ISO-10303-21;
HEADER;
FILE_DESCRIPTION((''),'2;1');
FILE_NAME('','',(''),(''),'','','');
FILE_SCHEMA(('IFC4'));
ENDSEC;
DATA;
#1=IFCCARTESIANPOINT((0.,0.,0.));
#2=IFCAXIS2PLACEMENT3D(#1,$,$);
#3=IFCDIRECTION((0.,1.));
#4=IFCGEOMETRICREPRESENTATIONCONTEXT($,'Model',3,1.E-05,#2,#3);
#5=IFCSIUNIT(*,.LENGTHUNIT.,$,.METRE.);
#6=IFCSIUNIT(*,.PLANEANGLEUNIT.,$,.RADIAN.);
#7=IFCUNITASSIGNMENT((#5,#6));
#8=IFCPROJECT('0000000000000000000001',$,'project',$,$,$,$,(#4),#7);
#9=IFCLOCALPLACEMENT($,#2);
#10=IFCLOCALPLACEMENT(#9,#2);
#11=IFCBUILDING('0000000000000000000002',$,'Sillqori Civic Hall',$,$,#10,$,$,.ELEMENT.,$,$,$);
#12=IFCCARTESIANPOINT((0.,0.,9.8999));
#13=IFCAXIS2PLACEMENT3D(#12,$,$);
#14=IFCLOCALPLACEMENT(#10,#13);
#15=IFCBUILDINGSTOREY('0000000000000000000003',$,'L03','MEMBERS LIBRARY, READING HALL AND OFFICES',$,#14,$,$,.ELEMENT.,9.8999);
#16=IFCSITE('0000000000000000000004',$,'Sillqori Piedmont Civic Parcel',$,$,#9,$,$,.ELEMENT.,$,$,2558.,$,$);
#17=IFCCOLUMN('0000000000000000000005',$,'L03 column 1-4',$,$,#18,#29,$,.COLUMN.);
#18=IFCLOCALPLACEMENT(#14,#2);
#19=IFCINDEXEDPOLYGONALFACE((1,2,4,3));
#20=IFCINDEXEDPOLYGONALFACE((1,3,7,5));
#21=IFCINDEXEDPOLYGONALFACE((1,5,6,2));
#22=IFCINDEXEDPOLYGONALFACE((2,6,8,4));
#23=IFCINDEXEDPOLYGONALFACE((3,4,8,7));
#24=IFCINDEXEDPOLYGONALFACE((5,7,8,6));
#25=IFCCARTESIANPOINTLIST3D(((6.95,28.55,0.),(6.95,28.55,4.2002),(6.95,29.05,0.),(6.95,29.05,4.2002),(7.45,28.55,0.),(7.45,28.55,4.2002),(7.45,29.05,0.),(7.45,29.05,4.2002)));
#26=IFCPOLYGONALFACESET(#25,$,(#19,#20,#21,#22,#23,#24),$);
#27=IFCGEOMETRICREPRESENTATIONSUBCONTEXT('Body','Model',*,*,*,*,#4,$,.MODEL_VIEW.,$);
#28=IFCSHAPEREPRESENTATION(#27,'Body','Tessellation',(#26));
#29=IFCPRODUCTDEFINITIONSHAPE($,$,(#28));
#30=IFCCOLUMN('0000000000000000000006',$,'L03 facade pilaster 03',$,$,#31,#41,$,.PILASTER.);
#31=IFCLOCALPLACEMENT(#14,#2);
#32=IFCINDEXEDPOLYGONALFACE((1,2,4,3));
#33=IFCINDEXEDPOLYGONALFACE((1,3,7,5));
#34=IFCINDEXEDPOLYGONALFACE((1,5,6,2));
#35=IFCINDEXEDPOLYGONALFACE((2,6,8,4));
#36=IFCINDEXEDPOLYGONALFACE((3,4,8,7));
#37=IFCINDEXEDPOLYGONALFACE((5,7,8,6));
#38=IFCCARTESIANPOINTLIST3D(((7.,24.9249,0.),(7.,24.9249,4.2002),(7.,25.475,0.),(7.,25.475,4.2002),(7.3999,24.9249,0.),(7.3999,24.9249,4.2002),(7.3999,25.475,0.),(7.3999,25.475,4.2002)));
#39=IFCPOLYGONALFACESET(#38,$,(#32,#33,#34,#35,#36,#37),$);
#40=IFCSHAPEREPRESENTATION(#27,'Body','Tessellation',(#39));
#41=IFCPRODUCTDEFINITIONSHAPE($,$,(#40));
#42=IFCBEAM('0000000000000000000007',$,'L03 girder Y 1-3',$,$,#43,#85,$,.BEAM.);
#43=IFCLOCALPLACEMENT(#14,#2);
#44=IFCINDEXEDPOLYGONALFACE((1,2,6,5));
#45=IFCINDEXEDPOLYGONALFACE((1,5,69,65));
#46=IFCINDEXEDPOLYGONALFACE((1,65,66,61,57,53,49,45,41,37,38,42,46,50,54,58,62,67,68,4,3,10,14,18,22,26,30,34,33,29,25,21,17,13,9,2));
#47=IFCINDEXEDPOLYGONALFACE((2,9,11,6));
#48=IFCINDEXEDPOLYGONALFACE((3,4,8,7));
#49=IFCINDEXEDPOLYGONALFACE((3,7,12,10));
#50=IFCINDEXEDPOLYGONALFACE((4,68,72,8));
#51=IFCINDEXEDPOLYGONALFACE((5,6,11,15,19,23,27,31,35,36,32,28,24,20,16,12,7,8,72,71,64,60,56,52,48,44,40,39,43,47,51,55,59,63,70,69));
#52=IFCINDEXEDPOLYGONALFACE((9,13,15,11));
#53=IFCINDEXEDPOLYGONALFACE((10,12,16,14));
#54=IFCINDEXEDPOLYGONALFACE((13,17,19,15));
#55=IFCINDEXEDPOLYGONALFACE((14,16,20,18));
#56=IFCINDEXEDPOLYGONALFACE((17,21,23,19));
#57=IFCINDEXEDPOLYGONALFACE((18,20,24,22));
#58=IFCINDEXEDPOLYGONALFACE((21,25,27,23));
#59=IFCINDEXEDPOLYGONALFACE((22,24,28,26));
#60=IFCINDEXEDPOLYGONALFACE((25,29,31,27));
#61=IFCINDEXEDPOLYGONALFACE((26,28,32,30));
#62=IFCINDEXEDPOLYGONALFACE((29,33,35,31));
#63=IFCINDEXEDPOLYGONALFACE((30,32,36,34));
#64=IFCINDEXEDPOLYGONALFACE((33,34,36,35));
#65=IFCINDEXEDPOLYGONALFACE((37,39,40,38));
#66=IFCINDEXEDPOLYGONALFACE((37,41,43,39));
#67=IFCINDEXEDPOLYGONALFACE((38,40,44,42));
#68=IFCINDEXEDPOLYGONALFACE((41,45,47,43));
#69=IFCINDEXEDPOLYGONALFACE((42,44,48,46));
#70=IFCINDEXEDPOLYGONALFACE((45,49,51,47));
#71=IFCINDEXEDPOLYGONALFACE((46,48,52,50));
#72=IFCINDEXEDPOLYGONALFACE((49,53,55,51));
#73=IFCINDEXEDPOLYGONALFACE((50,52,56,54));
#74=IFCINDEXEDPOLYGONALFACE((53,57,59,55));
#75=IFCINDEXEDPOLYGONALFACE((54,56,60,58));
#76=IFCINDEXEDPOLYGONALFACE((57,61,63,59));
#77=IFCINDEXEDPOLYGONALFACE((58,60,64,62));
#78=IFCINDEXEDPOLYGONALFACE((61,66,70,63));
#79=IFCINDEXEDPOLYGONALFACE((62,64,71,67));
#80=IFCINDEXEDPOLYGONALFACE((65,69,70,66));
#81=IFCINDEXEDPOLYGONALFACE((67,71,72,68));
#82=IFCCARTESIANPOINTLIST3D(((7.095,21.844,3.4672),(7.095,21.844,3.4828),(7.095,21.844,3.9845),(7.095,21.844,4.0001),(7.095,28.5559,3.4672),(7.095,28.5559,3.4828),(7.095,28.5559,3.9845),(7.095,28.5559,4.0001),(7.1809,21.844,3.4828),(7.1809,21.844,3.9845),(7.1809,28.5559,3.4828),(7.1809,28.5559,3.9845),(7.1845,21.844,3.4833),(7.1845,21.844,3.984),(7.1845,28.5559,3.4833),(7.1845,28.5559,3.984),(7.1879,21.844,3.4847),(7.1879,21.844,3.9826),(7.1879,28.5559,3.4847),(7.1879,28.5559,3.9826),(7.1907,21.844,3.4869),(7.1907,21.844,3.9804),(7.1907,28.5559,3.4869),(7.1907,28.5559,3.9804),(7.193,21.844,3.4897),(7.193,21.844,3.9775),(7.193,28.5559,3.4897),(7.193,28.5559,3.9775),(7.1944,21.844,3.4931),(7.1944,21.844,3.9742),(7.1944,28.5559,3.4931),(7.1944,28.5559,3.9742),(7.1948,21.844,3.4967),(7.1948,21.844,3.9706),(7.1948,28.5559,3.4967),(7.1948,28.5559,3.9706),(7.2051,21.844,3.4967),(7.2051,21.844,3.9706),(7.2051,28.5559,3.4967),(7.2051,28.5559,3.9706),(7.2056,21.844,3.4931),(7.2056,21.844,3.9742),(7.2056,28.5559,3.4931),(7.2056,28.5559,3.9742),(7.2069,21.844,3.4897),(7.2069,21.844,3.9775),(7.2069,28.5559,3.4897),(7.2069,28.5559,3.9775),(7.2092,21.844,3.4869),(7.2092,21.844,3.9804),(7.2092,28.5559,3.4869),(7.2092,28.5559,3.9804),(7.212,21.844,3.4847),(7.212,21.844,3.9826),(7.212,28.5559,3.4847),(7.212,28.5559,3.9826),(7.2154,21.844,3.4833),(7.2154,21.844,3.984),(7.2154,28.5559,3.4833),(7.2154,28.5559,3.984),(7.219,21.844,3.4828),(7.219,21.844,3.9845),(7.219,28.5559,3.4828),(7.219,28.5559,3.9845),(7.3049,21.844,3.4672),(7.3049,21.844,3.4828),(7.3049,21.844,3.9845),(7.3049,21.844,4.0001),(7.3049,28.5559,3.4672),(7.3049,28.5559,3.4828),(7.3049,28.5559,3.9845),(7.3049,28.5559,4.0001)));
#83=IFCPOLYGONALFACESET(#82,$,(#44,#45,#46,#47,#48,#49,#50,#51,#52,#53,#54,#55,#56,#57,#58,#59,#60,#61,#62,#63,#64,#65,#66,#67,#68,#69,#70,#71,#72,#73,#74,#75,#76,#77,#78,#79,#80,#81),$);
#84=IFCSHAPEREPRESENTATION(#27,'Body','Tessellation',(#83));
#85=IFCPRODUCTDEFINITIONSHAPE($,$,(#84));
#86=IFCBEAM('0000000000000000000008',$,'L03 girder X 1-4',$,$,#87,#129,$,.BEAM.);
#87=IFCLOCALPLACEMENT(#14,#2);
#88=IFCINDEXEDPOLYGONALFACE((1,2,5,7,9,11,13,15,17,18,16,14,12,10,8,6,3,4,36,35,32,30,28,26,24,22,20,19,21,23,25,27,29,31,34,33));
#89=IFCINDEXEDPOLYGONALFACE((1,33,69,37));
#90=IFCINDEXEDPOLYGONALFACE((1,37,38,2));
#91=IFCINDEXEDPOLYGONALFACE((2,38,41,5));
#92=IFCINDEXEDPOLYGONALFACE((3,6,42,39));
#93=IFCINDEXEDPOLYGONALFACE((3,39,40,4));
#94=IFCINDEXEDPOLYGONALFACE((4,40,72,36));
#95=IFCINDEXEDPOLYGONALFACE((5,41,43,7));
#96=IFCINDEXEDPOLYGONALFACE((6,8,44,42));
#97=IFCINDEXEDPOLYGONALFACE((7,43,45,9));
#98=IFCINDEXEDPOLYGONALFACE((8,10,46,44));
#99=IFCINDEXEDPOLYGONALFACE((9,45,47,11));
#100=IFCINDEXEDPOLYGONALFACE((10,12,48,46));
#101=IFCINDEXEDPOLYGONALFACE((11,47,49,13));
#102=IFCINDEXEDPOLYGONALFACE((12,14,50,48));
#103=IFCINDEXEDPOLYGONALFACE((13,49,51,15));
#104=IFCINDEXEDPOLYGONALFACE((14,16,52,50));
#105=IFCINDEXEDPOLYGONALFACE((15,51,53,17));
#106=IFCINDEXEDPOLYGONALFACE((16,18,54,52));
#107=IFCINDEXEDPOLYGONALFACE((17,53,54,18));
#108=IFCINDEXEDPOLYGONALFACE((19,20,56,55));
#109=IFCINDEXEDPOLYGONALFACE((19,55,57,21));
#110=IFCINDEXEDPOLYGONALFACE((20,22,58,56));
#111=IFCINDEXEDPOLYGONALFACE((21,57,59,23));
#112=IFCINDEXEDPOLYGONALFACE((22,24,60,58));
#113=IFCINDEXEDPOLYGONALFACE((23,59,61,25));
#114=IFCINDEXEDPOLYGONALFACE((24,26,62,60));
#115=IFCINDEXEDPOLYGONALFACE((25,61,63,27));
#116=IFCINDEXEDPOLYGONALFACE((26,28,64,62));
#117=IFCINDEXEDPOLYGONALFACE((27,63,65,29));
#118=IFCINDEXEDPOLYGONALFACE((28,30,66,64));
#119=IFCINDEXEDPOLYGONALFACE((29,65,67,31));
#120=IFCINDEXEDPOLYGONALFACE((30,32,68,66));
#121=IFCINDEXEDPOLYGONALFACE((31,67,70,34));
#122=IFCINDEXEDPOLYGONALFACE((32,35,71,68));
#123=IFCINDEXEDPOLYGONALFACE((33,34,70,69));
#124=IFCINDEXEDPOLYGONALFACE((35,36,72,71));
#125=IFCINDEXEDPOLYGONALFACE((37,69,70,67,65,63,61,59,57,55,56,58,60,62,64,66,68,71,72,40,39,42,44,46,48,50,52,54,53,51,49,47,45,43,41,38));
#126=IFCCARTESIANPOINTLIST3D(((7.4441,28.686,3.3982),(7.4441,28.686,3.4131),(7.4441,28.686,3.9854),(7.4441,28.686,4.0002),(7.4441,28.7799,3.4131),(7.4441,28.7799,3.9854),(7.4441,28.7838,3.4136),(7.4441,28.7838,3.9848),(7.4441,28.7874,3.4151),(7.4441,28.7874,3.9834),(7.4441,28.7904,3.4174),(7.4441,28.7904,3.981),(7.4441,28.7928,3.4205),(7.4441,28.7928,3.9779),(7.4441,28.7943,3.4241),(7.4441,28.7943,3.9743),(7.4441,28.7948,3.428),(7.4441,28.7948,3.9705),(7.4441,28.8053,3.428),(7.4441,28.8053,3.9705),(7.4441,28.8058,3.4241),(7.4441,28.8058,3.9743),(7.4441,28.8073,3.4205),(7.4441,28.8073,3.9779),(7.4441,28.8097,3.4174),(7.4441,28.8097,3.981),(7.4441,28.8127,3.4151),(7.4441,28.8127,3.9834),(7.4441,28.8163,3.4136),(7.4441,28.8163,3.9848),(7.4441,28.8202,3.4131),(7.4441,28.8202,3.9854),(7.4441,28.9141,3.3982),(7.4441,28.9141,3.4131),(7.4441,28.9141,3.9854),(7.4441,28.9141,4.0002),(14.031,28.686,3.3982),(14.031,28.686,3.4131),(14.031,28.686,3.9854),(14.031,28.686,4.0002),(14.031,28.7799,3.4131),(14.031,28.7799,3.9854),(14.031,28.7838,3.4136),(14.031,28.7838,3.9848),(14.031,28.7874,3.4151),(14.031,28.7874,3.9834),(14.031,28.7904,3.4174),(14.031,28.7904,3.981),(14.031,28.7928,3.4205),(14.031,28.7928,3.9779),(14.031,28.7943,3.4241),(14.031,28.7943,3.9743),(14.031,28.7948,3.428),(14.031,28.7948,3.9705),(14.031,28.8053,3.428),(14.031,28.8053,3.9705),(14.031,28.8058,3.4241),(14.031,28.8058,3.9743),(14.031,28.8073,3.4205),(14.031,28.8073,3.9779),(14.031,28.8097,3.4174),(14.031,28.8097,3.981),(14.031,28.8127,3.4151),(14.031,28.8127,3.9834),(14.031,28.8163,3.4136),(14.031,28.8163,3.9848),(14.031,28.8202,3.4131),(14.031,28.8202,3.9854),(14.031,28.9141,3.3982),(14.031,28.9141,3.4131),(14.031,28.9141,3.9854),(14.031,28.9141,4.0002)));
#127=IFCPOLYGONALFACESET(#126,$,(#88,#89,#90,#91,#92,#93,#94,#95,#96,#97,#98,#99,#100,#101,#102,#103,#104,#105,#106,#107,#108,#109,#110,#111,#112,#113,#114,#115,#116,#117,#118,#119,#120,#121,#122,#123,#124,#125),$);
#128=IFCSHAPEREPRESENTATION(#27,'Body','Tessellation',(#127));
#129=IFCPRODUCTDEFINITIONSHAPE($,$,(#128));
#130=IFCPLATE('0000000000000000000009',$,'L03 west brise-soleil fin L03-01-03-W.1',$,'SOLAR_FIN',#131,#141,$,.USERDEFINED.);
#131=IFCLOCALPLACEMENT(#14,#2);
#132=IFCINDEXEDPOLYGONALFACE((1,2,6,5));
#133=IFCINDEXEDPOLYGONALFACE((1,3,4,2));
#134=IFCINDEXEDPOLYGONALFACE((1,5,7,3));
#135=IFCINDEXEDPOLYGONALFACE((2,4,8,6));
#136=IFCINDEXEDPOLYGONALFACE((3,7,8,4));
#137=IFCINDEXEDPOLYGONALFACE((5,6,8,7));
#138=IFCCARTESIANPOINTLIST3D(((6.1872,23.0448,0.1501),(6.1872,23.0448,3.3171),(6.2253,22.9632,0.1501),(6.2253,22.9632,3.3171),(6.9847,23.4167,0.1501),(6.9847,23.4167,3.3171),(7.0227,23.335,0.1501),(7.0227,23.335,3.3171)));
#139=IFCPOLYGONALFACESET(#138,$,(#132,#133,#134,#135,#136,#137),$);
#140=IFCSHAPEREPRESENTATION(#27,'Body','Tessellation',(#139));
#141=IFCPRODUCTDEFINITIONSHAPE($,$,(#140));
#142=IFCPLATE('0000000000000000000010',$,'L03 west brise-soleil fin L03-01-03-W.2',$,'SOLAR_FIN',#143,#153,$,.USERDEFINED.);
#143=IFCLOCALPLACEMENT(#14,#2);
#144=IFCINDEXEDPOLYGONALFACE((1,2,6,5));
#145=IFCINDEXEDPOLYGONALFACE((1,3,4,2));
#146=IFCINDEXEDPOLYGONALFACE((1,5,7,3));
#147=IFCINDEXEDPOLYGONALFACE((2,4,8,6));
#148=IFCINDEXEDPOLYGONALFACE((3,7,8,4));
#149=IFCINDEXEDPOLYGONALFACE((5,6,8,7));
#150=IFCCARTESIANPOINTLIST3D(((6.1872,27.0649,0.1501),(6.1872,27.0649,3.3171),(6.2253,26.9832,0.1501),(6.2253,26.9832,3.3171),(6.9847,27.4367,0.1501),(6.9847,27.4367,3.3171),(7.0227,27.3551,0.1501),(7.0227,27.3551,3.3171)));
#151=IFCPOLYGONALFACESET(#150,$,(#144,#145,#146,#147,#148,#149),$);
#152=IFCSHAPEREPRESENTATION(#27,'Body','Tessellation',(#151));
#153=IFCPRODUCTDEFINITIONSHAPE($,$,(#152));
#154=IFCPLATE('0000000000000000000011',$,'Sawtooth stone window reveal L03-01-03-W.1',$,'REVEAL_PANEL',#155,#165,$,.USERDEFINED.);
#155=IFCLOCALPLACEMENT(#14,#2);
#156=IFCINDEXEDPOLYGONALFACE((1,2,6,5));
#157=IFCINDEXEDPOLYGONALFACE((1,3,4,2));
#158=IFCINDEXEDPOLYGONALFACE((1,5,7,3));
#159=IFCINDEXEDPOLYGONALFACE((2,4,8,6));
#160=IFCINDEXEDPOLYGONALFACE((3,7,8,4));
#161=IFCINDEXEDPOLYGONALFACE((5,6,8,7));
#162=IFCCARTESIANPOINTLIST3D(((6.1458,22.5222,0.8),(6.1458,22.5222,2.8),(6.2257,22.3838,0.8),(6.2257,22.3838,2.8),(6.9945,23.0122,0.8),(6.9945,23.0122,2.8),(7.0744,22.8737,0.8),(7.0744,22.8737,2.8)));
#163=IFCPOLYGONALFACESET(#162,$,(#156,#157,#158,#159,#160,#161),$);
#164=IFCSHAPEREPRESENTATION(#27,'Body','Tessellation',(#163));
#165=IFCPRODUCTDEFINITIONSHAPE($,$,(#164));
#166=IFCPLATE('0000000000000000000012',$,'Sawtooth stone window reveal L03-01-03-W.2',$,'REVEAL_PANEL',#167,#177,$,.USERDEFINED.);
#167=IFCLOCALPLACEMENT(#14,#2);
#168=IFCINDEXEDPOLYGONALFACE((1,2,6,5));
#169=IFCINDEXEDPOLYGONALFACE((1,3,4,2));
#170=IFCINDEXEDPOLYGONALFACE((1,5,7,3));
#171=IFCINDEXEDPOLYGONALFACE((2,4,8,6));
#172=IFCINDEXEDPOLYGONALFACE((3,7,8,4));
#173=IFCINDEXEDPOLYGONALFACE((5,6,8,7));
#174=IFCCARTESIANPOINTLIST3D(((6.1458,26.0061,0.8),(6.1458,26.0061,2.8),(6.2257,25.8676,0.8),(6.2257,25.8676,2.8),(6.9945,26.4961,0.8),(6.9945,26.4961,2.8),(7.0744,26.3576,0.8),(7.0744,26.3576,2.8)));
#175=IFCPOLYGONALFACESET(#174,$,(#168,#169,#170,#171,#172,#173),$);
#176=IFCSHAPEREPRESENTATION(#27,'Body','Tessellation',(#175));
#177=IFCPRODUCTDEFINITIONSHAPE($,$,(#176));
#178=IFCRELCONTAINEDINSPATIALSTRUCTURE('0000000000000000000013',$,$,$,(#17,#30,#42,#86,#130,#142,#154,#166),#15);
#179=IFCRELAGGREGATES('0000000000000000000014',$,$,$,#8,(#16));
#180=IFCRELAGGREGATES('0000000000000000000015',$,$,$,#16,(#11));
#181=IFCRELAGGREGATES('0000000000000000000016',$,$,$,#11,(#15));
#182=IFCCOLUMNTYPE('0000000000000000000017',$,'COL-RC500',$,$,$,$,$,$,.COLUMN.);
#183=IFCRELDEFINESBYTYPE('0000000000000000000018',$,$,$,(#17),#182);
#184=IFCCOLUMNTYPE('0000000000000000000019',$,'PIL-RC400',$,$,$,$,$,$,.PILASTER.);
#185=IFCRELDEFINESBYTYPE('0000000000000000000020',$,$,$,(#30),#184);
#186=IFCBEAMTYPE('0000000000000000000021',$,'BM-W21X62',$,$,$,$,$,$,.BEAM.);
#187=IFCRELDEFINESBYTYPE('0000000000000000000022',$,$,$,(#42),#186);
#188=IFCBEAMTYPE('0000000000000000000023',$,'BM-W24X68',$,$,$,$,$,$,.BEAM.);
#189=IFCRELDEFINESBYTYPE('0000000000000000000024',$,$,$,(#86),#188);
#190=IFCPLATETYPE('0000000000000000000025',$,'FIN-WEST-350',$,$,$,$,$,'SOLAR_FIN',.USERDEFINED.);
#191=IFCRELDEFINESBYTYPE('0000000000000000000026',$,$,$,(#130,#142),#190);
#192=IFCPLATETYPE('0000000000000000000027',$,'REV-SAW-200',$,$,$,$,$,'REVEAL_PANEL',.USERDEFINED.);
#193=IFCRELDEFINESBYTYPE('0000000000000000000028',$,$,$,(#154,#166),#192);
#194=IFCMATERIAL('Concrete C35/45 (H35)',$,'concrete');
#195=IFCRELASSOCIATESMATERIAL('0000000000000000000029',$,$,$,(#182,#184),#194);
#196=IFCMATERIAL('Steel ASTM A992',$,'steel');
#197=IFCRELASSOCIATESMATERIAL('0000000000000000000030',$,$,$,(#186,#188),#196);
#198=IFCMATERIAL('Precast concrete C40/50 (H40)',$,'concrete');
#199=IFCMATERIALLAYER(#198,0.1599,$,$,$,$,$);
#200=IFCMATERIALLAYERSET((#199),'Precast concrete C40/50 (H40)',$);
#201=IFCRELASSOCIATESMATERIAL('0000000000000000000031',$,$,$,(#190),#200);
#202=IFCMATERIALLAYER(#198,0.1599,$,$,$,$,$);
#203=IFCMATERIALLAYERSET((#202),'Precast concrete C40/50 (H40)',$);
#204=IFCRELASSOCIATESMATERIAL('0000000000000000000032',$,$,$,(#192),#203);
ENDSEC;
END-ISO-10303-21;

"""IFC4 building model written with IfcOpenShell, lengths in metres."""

from ifc_helpers import new_model, si_unit, direction, frame, origin, origin_2d, place, context, subcontext, project, spatial, rectangle, i_section, extrude, material, layer, layer_set, material_profile, profile_set, type_object, element, save


model = new_model("IFC4")

# Units and contexts
model_context = context("Model", 3, precision=1e-05, world=origin(), true_north=direction((0.0, 1.0)))
body_context = subcontext(model_context, "Body", "Model", "MODEL_VIEW")
ifc_project = project(units=[si_unit("LENGTHUNIT", "METRE"), si_unit("PLANEANGLEUNIT", "RADIAN")], contexts=[model_context])

# Site, building, storey
site_placement = place(None, origin())
site = spatial("IfcSite", under=ifc_project, at=site_placement, Name="Sillqori Piedmont Civic Parcel", CompositionType="ELEMENT", RefElevation=2558.0)
building_placement = place(site_placement, origin())
building = spatial("IfcBuilding", under=site, at=building_placement, Name="Sillqori Civic Hall", CompositionType="ELEMENT")
storey_placement = place(building_placement, frame((0.0, 0.0, 9.8999)))
storey = spatial("IfcBuildingStorey", under=building, at=storey_placement, Name="L03", Description="MEMBERS LIBRARY, READING HALL AND OFFICES", CompositionType="ELEMENT", Elevation=9.8999)

# Columns
ifc_material_1 = material(Name="Concrete C35/45 (H35)", Category="concrete")
ifc_material_profile_1 = material_profile(ifc_material_1, rectangle(XDim=0.5, YDim=0.5, at=origin_2d()), Name="RC 500x500")
ifc_profile_set_1 = profile_set([ifc_material_profile_1], Name="Concrete C35/45 (H35)")
column_type_1 = type_object("IfcColumnType", Name="COL-RC500", PredefinedType="COLUMN", material=ifc_profile_set_1)
column_1_placement = place(storey_placement, frame((7.2, 28.8, 0.0), z_axis=(0.0, 0.0, 1.0), x_axis=(1.0, 0.0, 0.0)))
element("IfcColumn", 1, at=column_1_placement, inside=storey, type_object=column_type_1, Name="L03 column 1-4", PredefinedType="COLUMN", context=body_context, shape_type="SweptSolid", body=[
    extrude(rectangle(XDim=0.5, YDim=0.5, at=origin_2d()), origin(), (0.0, 0.0, 1.0), 4.2002),
])
ifc_material_profile_2 = material_profile(ifc_material_1, rectangle(XDim=0.3999, YDim=0.55, at=origin_2d()), Name="RC 400x550")
ifc_profile_set_2 = profile_set([ifc_material_profile_2], Name="Concrete C35/45 (H35)")
column_type_2 = type_object("IfcColumnType", Name="PIL-RC400", PredefinedType="PILASTER", material=ifc_profile_set_2)
column_2_placement = place(storey_placement, frame((7.2, 25.2, 0.0), z_axis=(0.0, 0.0, 1.0), x_axis=(1.0, 0.0, 0.0)))
element("IfcColumn", 2, at=column_2_placement, inside=storey, type_object=column_type_2, Name="L03 facade pilaster 03", PredefinedType="PILASTER", context=body_context, shape_type="SweptSolid", body=[
    extrude(rectangle(XDim=0.3999, YDim=0.55, at=origin_2d()), origin(), (0.0, 0.0, 1.0), 4.2002),
])

# Beams
ifc_material_2 = material(Name="Steel ASTM A992", Category="steel")
ifc_material_profile_3 = material_profile(ifc_material_2, i_section(OverallWidth=0.21, OverallDepth=0.533, WebThickness=0.0103, FlangeThickness=0.0156, FilletRadius=0.0139, at=origin_2d()), Name="W21X62")
ifc_profile_set_3 = profile_set([ifc_material_profile_3], Name="Steel ASTM A992")
beam_type_1 = type_object("IfcBeamType", Name="BM-W21X62", PredefinedType="BEAM", material=ifc_profile_set_3)
beam_1_placement = place(storey_placement, frame((7.2, 21.844, 3.7336), z_axis=(0.0, 1.0, 0.0), x_axis=(-1.0, 0.0, 0.0)))
element("IfcBeam", 3, at=beam_1_placement, inside=storey, type_object=beam_type_1, Name="L03 girder Y 1-3", PredefinedType="BEAM", context=body_context, shape_type="SweptSolid", body=[
    extrude(i_section(OverallWidth=0.21, OverallDepth=0.533, WebThickness=0.0103, FlangeThickness=0.0156, FilletRadius=0.0139, at=origin_2d()), origin(), (0.0, 0.0, 1.0), 6.7119),
])
ifc_material_profile_4 = material_profile(ifc_material_2, i_section(OverallWidth=0.228, OverallDepth=0.6021, WebThickness=0.0105, FlangeThickness=0.0149, FilletRadius=0.0149, at=origin_2d()), Name="W24X68")
ifc_profile_set_4 = profile_set([ifc_material_profile_4], Name="Steel ASTM A992")
beam_type_2 = type_object("IfcBeamType", Name="BM-W24X68", PredefinedType="BEAM", material=ifc_profile_set_4)
beam_2_placement = place(storey_placement, frame((7.4441, 28.8, 3.6992), z_axis=(1.0, 0.0, 0.0), x_axis=(0.0, 1.0, 0.0)))
element("IfcBeam", 4, at=beam_2_placement, inside=storey, type_object=beam_type_2, Name="L03 girder X 1-4", PredefinedType="BEAM", context=body_context, shape_type="SweptSolid", body=[
    extrude(i_section(OverallWidth=0.228, OverallDepth=0.6021, WebThickness=0.0105, FlangeThickness=0.0149, FilletRadius=0.0149, at=origin_2d()), origin(), (0.0, 0.0, 1.0), 6.5869),
])

# Plates
ifc_material_3 = material(Name="Precast concrete C40/50 (H40)", Category="concrete")
ifc_layer_1 = layer(ifc_material_3, 0.1599)
ifc_layer_set_1 = layer_set([ifc_layer_1], Name="Precast concrete C40/50 (H40)")
plate_type_1 = type_object("IfcPlateType", Name="FIN-WEST-350", ElementType="SOLAR_FIN", PredefinedType="USERDEFINED", material=ifc_layer_set_1)
for number, where, z_axis, x_axis, name in (
    (5, (6.605, 23.1899, 0.1501), (0.0, 0.0, 1.0), (-0.422618, 0.906308, 0.0), "L03 west brise-soleil fin L03-01-03-W.1"),
    (6, (6.605, 27.21, 0.1501), (0.0, 0.0, 1.0), (-0.422618, 0.906308, 0.0), "L03 west brise-soleil fin L03-01-03-W.2"),
):
    element("IfcPlate", number, at=place(storey_placement, frame(where, z_axis=z_axis, x_axis=x_axis)), inside=storey, type_object=plate_type_1, Name=name, ObjectType="SOLAR_FIN", PredefinedType="USERDEFINED", context=body_context, shape_type="SweptSolid", body=[
        extrude(rectangle(XDim=0.0901, YDim=0.8799, at=origin_2d()), origin(), (0.0, 0.0, 1.0), 3.167),
    ])
ifc_layer_2 = layer(ifc_material_3, 0.1599)
ifc_layer_set_2 = layer_set([ifc_layer_2], Name="Precast concrete C40/50 (H40)")
plate_type_2 = type_object("IfcPlateType", Name="REV-SAW-200", ElementType="REVEAL_PANEL", PredefinedType="USERDEFINED", material=ifc_layer_set_2)
for number, where, z_axis, x_axis, name in (
    (7, (6.6101, 22.698, 0.8), (0.0, 0.0, 1.0), (-0.5, 0.866025, 0.0), "Sawtooth stone window reveal L03-01-03-W.1"),
    (8, (6.6101, 26.1819, 0.8), (0.0, 0.0, 1.0), (-0.5, 0.866025, 0.0), "Sawtooth stone window reveal L03-01-03-W.2"),
):
    element("IfcPlate", number, at=place(storey_placement, frame(where, z_axis=z_axis, x_axis=x_axis)), inside=storey, type_object=plate_type_2, Name=name, ObjectType="REVEAL_PANEL", PredefinedType="USERDEFINED", context=body_context, shape_type="SweptSolid", body=[
        extrude(rectangle(XDim=0.1599, YDim=0.98, at=origin_2d()), origin(), (0.0, 0.0, 1.0), 2.0),
    ])

save(model, "model.ifc")
